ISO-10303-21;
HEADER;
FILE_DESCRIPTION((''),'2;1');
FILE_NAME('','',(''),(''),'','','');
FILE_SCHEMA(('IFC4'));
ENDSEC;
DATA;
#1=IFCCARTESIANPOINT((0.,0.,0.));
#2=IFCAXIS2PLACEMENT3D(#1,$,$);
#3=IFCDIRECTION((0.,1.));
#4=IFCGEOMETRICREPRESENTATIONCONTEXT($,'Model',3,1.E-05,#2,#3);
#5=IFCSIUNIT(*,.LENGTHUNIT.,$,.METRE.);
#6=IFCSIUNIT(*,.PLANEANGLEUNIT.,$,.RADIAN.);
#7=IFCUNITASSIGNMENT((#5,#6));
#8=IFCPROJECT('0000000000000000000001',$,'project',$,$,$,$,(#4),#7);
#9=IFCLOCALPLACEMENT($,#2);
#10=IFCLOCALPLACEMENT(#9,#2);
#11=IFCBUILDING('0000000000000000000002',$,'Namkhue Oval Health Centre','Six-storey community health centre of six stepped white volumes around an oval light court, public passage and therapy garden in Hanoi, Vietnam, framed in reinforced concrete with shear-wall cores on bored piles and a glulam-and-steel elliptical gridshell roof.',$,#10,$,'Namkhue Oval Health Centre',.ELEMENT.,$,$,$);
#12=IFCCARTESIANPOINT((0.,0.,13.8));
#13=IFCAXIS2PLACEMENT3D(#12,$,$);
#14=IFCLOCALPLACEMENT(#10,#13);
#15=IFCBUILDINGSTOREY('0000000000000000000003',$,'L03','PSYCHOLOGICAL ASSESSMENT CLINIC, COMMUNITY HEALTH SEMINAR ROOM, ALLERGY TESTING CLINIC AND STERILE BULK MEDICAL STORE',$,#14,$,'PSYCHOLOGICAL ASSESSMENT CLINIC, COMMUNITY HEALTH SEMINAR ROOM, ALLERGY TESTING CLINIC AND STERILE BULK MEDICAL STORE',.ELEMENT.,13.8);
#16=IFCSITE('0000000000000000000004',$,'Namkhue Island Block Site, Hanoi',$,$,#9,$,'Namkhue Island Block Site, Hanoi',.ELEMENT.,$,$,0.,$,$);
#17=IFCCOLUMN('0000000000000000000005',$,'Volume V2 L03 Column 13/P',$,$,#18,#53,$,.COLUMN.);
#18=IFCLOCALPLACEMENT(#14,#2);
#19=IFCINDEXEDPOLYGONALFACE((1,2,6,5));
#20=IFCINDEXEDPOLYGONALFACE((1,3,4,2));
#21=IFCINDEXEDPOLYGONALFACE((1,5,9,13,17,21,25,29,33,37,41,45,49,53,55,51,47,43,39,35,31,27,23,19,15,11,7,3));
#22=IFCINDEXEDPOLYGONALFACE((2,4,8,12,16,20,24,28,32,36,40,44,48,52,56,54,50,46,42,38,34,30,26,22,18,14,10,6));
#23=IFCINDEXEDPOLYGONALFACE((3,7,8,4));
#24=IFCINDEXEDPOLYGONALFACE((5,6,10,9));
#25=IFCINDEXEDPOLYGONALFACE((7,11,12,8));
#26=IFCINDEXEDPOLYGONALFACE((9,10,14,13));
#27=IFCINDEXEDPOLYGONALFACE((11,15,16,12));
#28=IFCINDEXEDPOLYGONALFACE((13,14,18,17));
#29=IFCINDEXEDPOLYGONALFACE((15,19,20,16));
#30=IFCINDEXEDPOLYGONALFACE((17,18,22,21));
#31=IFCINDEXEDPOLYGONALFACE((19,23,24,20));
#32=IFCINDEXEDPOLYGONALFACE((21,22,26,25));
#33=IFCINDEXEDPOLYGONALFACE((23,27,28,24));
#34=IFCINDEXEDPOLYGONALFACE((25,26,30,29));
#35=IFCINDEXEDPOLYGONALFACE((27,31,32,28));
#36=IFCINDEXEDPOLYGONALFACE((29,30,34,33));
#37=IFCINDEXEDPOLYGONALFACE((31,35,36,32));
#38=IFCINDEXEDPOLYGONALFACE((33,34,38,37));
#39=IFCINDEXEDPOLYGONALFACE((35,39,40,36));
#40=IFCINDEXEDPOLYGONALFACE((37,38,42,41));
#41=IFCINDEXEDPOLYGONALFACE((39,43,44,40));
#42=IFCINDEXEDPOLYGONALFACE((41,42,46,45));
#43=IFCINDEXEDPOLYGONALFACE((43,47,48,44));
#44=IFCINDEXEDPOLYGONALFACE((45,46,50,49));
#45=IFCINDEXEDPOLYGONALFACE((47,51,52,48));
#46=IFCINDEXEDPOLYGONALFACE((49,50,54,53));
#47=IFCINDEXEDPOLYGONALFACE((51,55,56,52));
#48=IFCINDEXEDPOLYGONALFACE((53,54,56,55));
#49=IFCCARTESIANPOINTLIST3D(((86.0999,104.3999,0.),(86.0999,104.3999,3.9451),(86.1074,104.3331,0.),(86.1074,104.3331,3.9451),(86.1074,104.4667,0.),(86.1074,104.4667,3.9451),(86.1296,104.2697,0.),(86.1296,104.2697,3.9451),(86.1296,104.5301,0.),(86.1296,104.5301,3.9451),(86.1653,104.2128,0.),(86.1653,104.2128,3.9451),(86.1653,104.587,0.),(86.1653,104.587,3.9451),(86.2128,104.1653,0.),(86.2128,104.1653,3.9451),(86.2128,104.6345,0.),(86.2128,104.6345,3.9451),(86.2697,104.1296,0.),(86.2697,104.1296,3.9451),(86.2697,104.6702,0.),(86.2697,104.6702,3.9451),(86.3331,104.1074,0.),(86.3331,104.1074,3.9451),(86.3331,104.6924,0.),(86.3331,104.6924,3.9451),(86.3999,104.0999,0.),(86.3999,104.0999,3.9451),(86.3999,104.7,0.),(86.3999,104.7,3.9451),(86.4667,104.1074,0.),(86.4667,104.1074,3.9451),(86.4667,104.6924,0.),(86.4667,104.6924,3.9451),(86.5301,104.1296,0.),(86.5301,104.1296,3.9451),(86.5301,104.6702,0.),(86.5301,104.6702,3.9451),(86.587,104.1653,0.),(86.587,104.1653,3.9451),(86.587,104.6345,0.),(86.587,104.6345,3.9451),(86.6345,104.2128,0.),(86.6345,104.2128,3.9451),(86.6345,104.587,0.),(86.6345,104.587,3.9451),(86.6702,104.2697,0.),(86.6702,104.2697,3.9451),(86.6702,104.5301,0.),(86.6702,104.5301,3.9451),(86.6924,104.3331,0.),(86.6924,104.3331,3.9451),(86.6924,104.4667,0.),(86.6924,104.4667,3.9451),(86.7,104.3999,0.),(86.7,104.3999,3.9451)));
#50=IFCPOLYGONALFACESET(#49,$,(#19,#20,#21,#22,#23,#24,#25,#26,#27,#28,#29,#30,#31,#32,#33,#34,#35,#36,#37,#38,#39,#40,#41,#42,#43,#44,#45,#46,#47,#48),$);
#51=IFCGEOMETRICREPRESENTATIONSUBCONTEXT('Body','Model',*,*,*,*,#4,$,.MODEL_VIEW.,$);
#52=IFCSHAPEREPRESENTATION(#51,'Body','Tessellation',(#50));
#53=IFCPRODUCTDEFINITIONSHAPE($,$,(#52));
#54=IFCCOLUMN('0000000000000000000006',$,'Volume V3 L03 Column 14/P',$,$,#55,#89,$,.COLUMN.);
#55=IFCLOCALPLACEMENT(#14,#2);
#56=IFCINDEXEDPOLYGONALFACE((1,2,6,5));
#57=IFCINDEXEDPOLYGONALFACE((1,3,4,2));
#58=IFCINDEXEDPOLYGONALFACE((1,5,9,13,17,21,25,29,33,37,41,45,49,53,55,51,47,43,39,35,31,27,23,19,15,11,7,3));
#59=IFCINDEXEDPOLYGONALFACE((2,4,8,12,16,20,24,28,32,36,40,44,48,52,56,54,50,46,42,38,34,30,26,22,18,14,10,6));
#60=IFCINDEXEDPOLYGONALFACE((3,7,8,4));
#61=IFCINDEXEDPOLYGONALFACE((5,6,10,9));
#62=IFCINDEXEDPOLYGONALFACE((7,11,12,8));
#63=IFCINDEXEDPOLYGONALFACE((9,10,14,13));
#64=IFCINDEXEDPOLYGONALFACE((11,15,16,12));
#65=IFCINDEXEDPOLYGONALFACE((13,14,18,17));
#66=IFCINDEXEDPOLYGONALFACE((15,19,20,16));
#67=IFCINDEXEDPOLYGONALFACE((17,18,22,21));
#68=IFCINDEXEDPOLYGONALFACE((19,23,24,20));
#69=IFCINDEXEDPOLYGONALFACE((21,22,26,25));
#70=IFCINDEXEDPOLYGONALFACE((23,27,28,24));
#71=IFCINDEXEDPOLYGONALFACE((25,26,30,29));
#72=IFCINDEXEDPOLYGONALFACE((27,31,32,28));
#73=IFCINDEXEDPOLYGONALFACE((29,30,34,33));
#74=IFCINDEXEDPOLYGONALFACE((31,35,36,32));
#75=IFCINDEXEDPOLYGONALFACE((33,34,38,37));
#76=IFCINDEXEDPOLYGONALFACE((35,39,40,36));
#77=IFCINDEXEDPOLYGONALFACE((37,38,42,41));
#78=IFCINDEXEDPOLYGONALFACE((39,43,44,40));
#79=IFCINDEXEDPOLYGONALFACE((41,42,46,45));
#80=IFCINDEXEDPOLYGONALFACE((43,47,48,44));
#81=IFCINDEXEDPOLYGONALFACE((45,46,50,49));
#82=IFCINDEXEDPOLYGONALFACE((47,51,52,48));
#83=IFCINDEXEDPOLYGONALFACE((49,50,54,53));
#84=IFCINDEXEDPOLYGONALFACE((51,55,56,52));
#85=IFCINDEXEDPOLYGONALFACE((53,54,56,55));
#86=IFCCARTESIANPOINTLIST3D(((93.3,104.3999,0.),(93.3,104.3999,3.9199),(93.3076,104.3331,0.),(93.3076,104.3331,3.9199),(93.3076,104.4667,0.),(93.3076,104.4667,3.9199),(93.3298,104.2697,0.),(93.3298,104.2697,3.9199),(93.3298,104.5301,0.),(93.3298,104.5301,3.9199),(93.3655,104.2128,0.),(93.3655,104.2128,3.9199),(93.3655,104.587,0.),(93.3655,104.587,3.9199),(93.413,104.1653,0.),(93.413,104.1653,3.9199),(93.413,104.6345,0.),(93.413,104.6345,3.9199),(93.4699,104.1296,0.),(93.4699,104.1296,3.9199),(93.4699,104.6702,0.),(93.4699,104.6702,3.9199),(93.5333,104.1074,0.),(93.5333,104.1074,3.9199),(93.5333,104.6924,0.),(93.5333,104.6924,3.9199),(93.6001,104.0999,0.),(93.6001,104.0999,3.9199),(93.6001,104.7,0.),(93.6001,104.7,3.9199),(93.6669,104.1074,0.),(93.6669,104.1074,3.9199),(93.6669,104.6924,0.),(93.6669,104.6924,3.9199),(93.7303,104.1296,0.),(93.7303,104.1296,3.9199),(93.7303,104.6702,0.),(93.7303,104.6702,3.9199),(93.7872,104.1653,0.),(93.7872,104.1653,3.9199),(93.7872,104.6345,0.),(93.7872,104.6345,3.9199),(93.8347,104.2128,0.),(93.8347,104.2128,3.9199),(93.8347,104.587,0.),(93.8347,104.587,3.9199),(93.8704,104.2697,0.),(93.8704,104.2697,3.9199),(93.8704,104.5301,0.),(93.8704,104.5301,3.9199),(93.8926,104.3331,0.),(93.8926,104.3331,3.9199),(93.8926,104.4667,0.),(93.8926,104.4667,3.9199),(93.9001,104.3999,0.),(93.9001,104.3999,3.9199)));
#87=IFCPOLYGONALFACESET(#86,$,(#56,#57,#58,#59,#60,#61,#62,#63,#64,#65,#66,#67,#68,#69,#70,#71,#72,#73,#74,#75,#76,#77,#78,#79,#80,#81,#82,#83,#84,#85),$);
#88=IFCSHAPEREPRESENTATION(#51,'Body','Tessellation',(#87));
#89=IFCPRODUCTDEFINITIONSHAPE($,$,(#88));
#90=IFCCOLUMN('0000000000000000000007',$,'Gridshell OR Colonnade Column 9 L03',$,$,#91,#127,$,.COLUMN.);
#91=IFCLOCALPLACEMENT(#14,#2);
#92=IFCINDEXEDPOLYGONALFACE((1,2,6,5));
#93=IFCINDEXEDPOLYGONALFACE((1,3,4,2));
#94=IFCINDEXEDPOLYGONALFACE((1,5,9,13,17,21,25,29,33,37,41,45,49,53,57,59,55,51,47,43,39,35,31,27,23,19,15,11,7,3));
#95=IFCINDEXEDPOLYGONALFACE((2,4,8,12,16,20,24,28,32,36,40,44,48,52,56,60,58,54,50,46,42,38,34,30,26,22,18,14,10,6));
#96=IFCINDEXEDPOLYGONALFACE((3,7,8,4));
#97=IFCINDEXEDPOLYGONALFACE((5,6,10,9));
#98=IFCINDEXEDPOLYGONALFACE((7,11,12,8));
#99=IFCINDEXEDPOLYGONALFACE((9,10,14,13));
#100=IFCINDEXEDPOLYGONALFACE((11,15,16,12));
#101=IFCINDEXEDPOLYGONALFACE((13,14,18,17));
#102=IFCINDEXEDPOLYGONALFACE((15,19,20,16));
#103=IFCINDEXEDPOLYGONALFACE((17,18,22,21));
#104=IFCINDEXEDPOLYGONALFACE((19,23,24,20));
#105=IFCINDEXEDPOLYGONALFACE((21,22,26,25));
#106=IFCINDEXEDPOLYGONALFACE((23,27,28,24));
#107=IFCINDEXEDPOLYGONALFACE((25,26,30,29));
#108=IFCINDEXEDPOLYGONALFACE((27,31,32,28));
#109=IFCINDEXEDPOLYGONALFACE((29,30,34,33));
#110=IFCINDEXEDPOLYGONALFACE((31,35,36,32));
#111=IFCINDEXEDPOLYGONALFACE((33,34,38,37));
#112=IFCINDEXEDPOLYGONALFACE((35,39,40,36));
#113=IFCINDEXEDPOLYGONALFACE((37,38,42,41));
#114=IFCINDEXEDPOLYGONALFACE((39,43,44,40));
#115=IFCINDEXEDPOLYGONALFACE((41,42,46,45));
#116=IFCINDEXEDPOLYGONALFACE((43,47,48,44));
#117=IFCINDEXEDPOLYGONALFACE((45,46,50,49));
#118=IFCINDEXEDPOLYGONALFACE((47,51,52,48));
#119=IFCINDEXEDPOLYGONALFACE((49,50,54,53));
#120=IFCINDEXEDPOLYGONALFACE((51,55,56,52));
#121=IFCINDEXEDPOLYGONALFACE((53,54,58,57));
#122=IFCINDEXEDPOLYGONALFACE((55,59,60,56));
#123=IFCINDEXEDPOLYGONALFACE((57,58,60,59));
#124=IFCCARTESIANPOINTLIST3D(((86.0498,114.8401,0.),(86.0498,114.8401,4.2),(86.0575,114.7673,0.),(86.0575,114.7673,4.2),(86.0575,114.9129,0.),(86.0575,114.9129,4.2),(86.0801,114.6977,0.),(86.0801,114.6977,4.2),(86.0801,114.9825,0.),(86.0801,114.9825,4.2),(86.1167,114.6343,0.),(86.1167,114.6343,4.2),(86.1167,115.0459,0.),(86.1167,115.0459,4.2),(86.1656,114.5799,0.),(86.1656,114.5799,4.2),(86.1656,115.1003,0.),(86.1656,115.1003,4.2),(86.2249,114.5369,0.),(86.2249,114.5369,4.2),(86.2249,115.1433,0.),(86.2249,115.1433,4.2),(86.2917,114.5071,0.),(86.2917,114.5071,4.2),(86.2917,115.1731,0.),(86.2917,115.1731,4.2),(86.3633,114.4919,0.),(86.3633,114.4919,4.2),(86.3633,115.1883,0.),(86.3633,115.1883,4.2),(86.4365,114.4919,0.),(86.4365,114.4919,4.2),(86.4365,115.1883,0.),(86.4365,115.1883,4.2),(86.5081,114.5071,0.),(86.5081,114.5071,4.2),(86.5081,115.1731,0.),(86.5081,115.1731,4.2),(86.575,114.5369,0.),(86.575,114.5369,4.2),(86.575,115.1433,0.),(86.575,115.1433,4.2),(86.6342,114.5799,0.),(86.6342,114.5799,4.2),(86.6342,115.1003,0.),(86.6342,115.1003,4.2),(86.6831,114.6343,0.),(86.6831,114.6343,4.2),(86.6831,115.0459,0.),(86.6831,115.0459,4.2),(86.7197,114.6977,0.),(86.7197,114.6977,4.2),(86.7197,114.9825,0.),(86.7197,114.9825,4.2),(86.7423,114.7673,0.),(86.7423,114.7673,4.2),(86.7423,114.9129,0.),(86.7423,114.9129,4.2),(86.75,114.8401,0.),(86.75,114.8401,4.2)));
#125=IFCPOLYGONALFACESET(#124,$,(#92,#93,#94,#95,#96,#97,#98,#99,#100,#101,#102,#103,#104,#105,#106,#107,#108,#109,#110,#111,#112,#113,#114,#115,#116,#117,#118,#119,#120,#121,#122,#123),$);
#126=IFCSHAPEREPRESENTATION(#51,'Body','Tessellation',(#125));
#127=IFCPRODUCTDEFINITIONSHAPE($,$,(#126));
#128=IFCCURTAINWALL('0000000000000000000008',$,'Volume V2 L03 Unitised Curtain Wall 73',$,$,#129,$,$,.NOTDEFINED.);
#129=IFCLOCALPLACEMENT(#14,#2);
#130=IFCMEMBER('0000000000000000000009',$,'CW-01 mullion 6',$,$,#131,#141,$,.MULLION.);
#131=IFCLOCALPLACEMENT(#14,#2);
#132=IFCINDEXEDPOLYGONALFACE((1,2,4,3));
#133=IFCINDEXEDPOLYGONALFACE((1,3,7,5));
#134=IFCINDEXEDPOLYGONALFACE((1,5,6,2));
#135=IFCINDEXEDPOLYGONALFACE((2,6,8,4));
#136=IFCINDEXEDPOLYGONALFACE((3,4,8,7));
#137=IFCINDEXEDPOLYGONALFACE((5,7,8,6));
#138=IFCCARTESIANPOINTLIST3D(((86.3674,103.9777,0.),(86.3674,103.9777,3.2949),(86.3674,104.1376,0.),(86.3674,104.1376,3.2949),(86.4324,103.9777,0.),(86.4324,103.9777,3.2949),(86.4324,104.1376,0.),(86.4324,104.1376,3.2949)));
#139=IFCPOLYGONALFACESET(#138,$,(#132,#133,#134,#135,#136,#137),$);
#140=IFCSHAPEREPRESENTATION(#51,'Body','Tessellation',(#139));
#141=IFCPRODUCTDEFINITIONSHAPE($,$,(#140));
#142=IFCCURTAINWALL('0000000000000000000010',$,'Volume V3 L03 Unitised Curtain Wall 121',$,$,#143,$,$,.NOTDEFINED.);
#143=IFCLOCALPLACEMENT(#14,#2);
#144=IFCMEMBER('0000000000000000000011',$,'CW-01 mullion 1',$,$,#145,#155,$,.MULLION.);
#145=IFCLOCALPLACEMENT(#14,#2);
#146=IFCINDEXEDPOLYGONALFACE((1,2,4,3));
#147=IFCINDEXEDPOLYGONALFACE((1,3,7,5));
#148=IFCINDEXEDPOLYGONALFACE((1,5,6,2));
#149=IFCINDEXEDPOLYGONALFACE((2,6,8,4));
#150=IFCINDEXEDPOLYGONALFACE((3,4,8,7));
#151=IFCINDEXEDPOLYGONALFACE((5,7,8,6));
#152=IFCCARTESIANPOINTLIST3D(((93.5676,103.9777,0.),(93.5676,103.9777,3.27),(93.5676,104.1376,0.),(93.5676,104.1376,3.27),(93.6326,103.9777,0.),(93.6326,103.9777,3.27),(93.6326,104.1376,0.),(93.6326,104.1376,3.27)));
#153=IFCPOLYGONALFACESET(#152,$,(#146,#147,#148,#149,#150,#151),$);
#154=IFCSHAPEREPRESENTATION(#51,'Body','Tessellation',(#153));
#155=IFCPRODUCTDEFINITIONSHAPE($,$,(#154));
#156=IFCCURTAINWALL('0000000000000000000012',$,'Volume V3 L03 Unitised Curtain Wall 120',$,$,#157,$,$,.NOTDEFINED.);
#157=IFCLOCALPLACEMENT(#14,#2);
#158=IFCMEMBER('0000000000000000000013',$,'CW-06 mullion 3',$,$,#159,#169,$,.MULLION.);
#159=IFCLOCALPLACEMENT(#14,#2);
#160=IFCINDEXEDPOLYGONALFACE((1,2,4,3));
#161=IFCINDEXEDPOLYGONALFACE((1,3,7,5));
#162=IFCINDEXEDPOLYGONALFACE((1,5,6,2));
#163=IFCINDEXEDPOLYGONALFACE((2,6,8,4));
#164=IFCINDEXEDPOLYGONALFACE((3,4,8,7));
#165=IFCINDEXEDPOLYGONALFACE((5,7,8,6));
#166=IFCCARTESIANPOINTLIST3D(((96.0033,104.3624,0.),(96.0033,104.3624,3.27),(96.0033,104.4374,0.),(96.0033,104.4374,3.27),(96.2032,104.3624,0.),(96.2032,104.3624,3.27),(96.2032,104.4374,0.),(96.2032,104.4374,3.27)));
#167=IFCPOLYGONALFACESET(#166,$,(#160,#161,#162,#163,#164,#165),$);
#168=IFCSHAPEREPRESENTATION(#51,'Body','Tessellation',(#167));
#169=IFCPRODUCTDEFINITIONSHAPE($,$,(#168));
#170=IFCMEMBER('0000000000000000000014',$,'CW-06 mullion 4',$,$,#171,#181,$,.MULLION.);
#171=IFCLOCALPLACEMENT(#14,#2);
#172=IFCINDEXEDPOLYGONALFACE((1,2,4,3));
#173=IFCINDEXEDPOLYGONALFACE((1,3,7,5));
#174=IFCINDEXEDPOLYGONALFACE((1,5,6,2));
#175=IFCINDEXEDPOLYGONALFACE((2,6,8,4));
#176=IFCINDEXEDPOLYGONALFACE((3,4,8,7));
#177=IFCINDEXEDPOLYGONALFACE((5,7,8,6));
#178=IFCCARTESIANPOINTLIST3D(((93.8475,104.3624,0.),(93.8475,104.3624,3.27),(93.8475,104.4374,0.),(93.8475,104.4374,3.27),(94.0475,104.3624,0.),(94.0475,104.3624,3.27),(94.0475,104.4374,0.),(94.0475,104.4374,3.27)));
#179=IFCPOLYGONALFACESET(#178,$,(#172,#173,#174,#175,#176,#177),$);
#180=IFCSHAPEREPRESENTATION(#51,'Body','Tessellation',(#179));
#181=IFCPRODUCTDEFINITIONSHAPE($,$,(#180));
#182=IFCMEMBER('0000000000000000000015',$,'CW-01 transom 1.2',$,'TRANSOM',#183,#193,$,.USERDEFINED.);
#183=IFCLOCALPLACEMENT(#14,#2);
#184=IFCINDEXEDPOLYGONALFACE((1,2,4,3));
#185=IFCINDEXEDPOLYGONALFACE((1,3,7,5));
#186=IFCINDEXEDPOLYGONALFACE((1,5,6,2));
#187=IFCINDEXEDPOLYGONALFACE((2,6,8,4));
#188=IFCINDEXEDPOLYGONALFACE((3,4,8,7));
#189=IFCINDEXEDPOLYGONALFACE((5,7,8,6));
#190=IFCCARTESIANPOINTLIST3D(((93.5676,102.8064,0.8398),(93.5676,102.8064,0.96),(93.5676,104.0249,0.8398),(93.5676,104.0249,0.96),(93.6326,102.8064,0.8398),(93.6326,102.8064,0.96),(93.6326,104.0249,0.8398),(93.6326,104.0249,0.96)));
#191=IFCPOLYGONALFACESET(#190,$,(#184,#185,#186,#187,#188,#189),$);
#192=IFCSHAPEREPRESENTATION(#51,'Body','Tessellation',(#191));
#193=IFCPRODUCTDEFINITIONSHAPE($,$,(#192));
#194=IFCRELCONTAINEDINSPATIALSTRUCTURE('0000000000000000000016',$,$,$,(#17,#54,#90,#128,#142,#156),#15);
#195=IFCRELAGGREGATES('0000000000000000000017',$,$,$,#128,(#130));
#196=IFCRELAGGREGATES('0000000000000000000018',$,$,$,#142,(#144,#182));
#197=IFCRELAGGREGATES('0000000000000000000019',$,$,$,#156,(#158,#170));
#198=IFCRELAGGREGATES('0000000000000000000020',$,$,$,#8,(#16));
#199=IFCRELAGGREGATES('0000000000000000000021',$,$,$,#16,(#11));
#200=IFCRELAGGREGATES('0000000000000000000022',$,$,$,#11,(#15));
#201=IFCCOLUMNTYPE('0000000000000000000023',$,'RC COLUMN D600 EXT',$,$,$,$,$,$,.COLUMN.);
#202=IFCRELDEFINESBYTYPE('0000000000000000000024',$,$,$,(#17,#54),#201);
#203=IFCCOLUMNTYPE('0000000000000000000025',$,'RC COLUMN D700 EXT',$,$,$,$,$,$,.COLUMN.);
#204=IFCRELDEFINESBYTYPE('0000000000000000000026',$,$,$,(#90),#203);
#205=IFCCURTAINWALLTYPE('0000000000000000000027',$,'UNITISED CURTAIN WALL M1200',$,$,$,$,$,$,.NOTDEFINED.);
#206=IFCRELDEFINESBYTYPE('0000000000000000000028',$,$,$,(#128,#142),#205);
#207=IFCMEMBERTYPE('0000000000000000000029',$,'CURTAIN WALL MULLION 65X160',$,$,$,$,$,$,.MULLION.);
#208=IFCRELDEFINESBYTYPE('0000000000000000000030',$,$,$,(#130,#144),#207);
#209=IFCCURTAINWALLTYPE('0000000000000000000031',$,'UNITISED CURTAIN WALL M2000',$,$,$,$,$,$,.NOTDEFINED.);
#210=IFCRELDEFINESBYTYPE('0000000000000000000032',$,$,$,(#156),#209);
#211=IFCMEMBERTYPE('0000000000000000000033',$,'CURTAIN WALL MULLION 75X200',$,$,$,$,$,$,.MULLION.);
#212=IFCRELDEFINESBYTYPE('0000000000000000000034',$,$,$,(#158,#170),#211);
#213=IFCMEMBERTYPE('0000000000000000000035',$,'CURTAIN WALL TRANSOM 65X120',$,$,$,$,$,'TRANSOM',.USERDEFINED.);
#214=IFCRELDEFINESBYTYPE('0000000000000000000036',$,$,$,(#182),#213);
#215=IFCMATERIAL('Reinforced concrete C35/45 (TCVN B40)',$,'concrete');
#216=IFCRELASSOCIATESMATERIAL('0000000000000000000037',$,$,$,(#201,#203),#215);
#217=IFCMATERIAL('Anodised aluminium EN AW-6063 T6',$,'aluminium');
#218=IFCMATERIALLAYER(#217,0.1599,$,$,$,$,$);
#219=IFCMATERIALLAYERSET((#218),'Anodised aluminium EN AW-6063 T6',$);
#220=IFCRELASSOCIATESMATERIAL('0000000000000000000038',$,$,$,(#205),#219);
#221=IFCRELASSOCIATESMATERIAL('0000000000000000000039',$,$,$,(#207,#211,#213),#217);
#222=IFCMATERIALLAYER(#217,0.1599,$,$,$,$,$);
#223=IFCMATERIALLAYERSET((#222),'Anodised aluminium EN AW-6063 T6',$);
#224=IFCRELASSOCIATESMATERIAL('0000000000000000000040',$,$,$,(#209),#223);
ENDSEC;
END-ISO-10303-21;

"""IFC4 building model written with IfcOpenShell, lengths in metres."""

from ifc_helpers import new_model, si_unit, direction, frame, origin, origin_2d, place, context, subcontext, project, spatial, rectangle, circle, extrude, material, layer, layer_set, material_profile, profile_set, type_object, element, aggregate, save


model = new_model("IFC4")

# Units and contexts
model_context = context("Model", 3, precision=1e-05, world=origin(), true_north=direction((0.0, 1.0)))
body_context = subcontext(model_context, "Body", "Model", "MODEL_VIEW")
ifc_project = project(units=[si_unit("LENGTHUNIT", "METRE"), si_unit("PLANEANGLEUNIT", "RADIAN")], contexts=[model_context])

# Site, building, storey
site_placement = place(None, origin())
site = spatial("IfcSite", under=ifc_project, at=site_placement, Name="Namkhue Island Block Site, Hanoi", LongName="Namkhue Island Block Site, Hanoi", CompositionType="ELEMENT", RefElevation=0.0)
building_placement = place(site_placement, origin())
building = spatial("IfcBuilding", under=site, at=building_placement, Name="Namkhue Oval Health Centre", Description="Six-storey community health centre of six stepped white volumes around an oval light court, public passage and therapy garden in Hanoi, Vietnam, framed in reinforced concrete with shear-wall cores on bored piles and a glulam-and-steel elliptical gridshell roof.", LongName="Namkhue Oval Health Centre", CompositionType="ELEMENT")
storey_placement = place(building_placement, frame((0.0, 0.0, 13.8)))
storey = spatial("IfcBuildingStorey", under=building, at=storey_placement, Name="L03", Description="PSYCHOLOGICAL ASSESSMENT CLINIC, COMMUNITY HEALTH SEMINAR ROOM, ALLERGY TESTING CLINIC AND STERILE BULK MEDICAL STORE", LongName="PSYCHOLOGICAL ASSESSMENT CLINIC, COMMUNITY HEALTH SEMINAR ROOM, ALLERGY TESTING CLINIC AND STERILE BULK MEDICAL STORE", CompositionType="ELEMENT", Elevation=13.8)

# Columns
ifc_material_1 = material(Name="Reinforced concrete C35/45 (TCVN B40)", Category="concrete")
ifc_material_profile_1 = material_profile(ifc_material_1, circle(Radius=0.3, at=origin_2d()), Name="RC D600")
ifc_profile_set_1 = profile_set([ifc_material_profile_1], Name="Reinforced concrete C35/45 (TCVN B40)")
column_type_1 = type_object("IfcColumnType", Name="RC COLUMN D600 EXT", PredefinedType="COLUMN", material=ifc_profile_set_1)
column_1_placement = place(storey_placement, frame((86.3999, 104.3999, 0.0), z_axis=(0.0, 0.0, 1.0), x_axis=(1.0, 0.0, 0.0)))
element("IfcColumn", 1, at=column_1_placement, inside=storey, type_object=column_type_1, Name="Volume V2 L03 Column 13/P", PredefinedType="COLUMN", context=body_context, shape_type="SweptSolid", body=[
    extrude(circle(Radius=0.3, at=origin_2d()), origin(), (0.0, 0.0, 1.0), 3.9451),
])
column_2_placement = place(storey_placement, frame((93.6001, 104.3999, 0.0), z_axis=(0.0, 0.0, 1.0), x_axis=(1.0, 0.0, 0.0)))
element("IfcColumn", 2, at=column_2_placement, inside=storey, type_object=column_type_1, Name="Volume V3 L03 Column 14/P", PredefinedType="COLUMN", context=body_context, shape_type="SweptSolid", body=[
    extrude(circle(Radius=0.3, at=origin_2d()), origin(), (0.0, 0.0, 1.0), 3.9199),
])
ifc_material_profile_2 = material_profile(ifc_material_1, circle(Radius=0.3501, at=origin_2d()), Name="RC D700")
ifc_profile_set_2 = profile_set([ifc_material_profile_2], Name="Reinforced concrete C35/45 (TCVN B40)")
column_type_2 = type_object("IfcColumnType", Name="RC COLUMN D700 EXT", PredefinedType="COLUMN", material=ifc_profile_set_2)
column_3_placement = place(storey_placement, frame((86.3999, 114.8401, 0.0), z_axis=(0.0, 0.0, 1.0), x_axis=(1.0, 0.0, 0.0)))
element("IfcColumn", 3, at=column_3_placement, inside=storey, type_object=column_type_2, Name="Gridshell OR Colonnade Column 9 L03", PredefinedType="COLUMN", context=body_context, shape_type="SweptSolid", body=[
    extrude(circle(Radius=0.3501, at=origin_2d()), origin(), (0.0, 0.0, 1.0), 4.2),
])

# Curtain walls, members
ifc_material_2 = material(Name="Anodised aluminium EN AW-6063 T6", Category="aluminium")
ifc_layer_1 = layer(ifc_material_2, 0.1599)
ifc_layer_set_1 = layer_set([ifc_layer_1], Name="Anodised aluminium EN AW-6063 T6")
curtain_wall_type_1 = type_object("IfcCurtainWallType", Name="UNITISED CURTAIN WALL M1200", PredefinedType="NOTDEFINED", material=ifc_layer_set_1)
curtain_wall_1_placement = place(storey_placement, origin())
curtain_wall_1 = element("IfcCurtainWall", 4, at=curtain_wall_1_placement, inside=storey, type_object=curtain_wall_type_1, Name="Volume V2 L03 Unitised Curtain Wall 73", PredefinedType="NOTDEFINED")
ifc_material_profile_3 = material_profile(ifc_material_2, rectangle(XDim=0.0649, YDim=0.1599, at=origin_2d()), Name="ALU 65x160")
ifc_profile_set_3 = profile_set([ifc_material_profile_3], Name="Anodised aluminium EN AW-6063 T6")
member_type_1 = type_object("IfcMemberType", Name="CURTAIN WALL MULLION 65X160", PredefinedType="MULLION", material=ifc_profile_set_3)
member_1_placement = place(storey_placement, frame((86.3999, 104.0576, 0.0), z_axis=(0.0, 0.0, 1.0), x_axis=(-1.0, 0.0, 0.0)))
member_1 = element("IfcMember", 5, at=member_1_placement, type_object=member_type_1, Name="CW-01 mullion 6", PredefinedType="MULLION", context=body_context, shape_type="SweptSolid", body=[
    extrude(rectangle(XDim=0.0649, YDim=0.1599, at=origin_2d()), origin(), (0.0, 0.0, 1.0), 3.2949),
])
aggregate(curtain_wall_1, [member_1])
curtain_wall_2_placement = place(storey_placement, origin())
curtain_wall_2 = element("IfcCurtainWall", 6, at=curtain_wall_2_placement, inside=storey, type_object=curtain_wall_type_1, Name="Volume V3 L03 Unitised Curtain Wall 121", PredefinedType="NOTDEFINED")
member_2_placement = place(storey_placement, frame((93.6001, 104.0576, 0.0), z_axis=(0.0, 0.0, 1.0), x_axis=(1.0, 0.0, 0.0)))
member_2 = element("IfcMember", 7, at=member_2_placement, type_object=member_type_1, Name="CW-01 mullion 1", PredefinedType="MULLION", context=body_context, shape_type="SweptSolid", body=[
    extrude(rectangle(XDim=0.0649, YDim=0.1599, at=origin_2d()), origin(), (0.0, 0.0, 1.0), 3.27),
])

# Curtain wall, members
ifc_layer_2 = layer(ifc_material_2, 0.1599)
ifc_layer_set_2 = layer_set([ifc_layer_2], Name="Anodised aluminium EN AW-6063 T6")
curtain_wall_type_2 = type_object("IfcCurtainWallType", Name="UNITISED CURTAIN WALL M2000", PredefinedType="NOTDEFINED", material=ifc_layer_set_2)
curtain_wall_3_placement = place(storey_placement, origin())
curtain_wall_3 = element("IfcCurtainWall", 8, at=curtain_wall_3_placement, inside=storey, type_object=curtain_wall_type_2, Name="Volume V3 L03 Unitised Curtain Wall 120", PredefinedType="NOTDEFINED")
ifc_material_profile_4 = material_profile(ifc_material_2, rectangle(XDim=0.075, YDim=0.2, at=origin_2d()), Name="ALU 75x200")
ifc_profile_set_4 = profile_set([ifc_material_profile_4], Name="Anodised aluminium EN AW-6063 T6")
member_type_2 = type_object("IfcMemberType", Name="CURTAIN WALL MULLION 75X200", PredefinedType="MULLION", material=ifc_profile_set_4)
member_3_placement = place(storey_placement, frame((96.1033, 104.3999, 0.0), z_axis=(0.0, 0.0, 1.0), x_axis=(0.0, -1.0, 0.0)))
member_3 = element("IfcMember", 9, at=member_3_placement, type_object=member_type_2, Name="CW-06 mullion 3", PredefinedType="MULLION", context=body_context, shape_type="SweptSolid", body=[
    extrude(rectangle(XDim=0.075, YDim=0.2, at=origin_2d()), origin(), (0.0, 0.0, 1.0), 3.27),
])
member_4_placement = place(storey_placement, frame((93.9475, 104.3999, 0.0), z_axis=(0.0, 0.0, 1.0), x_axis=(0.0, -1.0, 0.0)))
member_4 = element("IfcMember", 10, at=member_4_placement, type_object=member_type_2, Name="CW-06 mullion 4", PredefinedType="MULLION", context=body_context, shape_type="SweptSolid", body=[
    extrude(rectangle(XDim=0.075, YDim=0.2, at=origin_2d()), origin(), (0.0, 0.0, 1.0), 3.27),
])

# Member
ifc_material_profile_5 = material_profile(ifc_material_2, rectangle(XDim=0.0649, YDim=0.1201, at=origin_2d()), Name="ALU 65x120")
ifc_profile_set_5 = profile_set([ifc_material_profile_5], Name="Anodised aluminium EN AW-6063 T6")
member_type_3 = type_object("IfcMemberType", Name="CURTAIN WALL TRANSOM 65X120", ElementType="TRANSOM", PredefinedType="USERDEFINED", material=ifc_profile_set_5)
member_5_placement = place(storey_placement, frame((93.6001, 104.0249, 0.8999), z_axis=(0.0, -1.0, 0.0), x_axis=(1.0, 0.0, 0.0)))
member_5 = element("IfcMember", 11, at=member_5_placement, type_object=member_type_3, Name="CW-01 transom 1.2", ObjectType="TRANSOM", PredefinedType="USERDEFINED", context=body_context, shape_type="SweptSolid", body=[
    extrude(rectangle(XDim=0.0649, YDim=0.1201, at=origin_2d()), origin(), (0.0, 0.0, 1.0), 1.2185),
])
aggregate(curtain_wall_2, [member_2, member_5])

aggregate(curtain_wall_3, [member_3, member_4])

save(model, "model.ifc")
